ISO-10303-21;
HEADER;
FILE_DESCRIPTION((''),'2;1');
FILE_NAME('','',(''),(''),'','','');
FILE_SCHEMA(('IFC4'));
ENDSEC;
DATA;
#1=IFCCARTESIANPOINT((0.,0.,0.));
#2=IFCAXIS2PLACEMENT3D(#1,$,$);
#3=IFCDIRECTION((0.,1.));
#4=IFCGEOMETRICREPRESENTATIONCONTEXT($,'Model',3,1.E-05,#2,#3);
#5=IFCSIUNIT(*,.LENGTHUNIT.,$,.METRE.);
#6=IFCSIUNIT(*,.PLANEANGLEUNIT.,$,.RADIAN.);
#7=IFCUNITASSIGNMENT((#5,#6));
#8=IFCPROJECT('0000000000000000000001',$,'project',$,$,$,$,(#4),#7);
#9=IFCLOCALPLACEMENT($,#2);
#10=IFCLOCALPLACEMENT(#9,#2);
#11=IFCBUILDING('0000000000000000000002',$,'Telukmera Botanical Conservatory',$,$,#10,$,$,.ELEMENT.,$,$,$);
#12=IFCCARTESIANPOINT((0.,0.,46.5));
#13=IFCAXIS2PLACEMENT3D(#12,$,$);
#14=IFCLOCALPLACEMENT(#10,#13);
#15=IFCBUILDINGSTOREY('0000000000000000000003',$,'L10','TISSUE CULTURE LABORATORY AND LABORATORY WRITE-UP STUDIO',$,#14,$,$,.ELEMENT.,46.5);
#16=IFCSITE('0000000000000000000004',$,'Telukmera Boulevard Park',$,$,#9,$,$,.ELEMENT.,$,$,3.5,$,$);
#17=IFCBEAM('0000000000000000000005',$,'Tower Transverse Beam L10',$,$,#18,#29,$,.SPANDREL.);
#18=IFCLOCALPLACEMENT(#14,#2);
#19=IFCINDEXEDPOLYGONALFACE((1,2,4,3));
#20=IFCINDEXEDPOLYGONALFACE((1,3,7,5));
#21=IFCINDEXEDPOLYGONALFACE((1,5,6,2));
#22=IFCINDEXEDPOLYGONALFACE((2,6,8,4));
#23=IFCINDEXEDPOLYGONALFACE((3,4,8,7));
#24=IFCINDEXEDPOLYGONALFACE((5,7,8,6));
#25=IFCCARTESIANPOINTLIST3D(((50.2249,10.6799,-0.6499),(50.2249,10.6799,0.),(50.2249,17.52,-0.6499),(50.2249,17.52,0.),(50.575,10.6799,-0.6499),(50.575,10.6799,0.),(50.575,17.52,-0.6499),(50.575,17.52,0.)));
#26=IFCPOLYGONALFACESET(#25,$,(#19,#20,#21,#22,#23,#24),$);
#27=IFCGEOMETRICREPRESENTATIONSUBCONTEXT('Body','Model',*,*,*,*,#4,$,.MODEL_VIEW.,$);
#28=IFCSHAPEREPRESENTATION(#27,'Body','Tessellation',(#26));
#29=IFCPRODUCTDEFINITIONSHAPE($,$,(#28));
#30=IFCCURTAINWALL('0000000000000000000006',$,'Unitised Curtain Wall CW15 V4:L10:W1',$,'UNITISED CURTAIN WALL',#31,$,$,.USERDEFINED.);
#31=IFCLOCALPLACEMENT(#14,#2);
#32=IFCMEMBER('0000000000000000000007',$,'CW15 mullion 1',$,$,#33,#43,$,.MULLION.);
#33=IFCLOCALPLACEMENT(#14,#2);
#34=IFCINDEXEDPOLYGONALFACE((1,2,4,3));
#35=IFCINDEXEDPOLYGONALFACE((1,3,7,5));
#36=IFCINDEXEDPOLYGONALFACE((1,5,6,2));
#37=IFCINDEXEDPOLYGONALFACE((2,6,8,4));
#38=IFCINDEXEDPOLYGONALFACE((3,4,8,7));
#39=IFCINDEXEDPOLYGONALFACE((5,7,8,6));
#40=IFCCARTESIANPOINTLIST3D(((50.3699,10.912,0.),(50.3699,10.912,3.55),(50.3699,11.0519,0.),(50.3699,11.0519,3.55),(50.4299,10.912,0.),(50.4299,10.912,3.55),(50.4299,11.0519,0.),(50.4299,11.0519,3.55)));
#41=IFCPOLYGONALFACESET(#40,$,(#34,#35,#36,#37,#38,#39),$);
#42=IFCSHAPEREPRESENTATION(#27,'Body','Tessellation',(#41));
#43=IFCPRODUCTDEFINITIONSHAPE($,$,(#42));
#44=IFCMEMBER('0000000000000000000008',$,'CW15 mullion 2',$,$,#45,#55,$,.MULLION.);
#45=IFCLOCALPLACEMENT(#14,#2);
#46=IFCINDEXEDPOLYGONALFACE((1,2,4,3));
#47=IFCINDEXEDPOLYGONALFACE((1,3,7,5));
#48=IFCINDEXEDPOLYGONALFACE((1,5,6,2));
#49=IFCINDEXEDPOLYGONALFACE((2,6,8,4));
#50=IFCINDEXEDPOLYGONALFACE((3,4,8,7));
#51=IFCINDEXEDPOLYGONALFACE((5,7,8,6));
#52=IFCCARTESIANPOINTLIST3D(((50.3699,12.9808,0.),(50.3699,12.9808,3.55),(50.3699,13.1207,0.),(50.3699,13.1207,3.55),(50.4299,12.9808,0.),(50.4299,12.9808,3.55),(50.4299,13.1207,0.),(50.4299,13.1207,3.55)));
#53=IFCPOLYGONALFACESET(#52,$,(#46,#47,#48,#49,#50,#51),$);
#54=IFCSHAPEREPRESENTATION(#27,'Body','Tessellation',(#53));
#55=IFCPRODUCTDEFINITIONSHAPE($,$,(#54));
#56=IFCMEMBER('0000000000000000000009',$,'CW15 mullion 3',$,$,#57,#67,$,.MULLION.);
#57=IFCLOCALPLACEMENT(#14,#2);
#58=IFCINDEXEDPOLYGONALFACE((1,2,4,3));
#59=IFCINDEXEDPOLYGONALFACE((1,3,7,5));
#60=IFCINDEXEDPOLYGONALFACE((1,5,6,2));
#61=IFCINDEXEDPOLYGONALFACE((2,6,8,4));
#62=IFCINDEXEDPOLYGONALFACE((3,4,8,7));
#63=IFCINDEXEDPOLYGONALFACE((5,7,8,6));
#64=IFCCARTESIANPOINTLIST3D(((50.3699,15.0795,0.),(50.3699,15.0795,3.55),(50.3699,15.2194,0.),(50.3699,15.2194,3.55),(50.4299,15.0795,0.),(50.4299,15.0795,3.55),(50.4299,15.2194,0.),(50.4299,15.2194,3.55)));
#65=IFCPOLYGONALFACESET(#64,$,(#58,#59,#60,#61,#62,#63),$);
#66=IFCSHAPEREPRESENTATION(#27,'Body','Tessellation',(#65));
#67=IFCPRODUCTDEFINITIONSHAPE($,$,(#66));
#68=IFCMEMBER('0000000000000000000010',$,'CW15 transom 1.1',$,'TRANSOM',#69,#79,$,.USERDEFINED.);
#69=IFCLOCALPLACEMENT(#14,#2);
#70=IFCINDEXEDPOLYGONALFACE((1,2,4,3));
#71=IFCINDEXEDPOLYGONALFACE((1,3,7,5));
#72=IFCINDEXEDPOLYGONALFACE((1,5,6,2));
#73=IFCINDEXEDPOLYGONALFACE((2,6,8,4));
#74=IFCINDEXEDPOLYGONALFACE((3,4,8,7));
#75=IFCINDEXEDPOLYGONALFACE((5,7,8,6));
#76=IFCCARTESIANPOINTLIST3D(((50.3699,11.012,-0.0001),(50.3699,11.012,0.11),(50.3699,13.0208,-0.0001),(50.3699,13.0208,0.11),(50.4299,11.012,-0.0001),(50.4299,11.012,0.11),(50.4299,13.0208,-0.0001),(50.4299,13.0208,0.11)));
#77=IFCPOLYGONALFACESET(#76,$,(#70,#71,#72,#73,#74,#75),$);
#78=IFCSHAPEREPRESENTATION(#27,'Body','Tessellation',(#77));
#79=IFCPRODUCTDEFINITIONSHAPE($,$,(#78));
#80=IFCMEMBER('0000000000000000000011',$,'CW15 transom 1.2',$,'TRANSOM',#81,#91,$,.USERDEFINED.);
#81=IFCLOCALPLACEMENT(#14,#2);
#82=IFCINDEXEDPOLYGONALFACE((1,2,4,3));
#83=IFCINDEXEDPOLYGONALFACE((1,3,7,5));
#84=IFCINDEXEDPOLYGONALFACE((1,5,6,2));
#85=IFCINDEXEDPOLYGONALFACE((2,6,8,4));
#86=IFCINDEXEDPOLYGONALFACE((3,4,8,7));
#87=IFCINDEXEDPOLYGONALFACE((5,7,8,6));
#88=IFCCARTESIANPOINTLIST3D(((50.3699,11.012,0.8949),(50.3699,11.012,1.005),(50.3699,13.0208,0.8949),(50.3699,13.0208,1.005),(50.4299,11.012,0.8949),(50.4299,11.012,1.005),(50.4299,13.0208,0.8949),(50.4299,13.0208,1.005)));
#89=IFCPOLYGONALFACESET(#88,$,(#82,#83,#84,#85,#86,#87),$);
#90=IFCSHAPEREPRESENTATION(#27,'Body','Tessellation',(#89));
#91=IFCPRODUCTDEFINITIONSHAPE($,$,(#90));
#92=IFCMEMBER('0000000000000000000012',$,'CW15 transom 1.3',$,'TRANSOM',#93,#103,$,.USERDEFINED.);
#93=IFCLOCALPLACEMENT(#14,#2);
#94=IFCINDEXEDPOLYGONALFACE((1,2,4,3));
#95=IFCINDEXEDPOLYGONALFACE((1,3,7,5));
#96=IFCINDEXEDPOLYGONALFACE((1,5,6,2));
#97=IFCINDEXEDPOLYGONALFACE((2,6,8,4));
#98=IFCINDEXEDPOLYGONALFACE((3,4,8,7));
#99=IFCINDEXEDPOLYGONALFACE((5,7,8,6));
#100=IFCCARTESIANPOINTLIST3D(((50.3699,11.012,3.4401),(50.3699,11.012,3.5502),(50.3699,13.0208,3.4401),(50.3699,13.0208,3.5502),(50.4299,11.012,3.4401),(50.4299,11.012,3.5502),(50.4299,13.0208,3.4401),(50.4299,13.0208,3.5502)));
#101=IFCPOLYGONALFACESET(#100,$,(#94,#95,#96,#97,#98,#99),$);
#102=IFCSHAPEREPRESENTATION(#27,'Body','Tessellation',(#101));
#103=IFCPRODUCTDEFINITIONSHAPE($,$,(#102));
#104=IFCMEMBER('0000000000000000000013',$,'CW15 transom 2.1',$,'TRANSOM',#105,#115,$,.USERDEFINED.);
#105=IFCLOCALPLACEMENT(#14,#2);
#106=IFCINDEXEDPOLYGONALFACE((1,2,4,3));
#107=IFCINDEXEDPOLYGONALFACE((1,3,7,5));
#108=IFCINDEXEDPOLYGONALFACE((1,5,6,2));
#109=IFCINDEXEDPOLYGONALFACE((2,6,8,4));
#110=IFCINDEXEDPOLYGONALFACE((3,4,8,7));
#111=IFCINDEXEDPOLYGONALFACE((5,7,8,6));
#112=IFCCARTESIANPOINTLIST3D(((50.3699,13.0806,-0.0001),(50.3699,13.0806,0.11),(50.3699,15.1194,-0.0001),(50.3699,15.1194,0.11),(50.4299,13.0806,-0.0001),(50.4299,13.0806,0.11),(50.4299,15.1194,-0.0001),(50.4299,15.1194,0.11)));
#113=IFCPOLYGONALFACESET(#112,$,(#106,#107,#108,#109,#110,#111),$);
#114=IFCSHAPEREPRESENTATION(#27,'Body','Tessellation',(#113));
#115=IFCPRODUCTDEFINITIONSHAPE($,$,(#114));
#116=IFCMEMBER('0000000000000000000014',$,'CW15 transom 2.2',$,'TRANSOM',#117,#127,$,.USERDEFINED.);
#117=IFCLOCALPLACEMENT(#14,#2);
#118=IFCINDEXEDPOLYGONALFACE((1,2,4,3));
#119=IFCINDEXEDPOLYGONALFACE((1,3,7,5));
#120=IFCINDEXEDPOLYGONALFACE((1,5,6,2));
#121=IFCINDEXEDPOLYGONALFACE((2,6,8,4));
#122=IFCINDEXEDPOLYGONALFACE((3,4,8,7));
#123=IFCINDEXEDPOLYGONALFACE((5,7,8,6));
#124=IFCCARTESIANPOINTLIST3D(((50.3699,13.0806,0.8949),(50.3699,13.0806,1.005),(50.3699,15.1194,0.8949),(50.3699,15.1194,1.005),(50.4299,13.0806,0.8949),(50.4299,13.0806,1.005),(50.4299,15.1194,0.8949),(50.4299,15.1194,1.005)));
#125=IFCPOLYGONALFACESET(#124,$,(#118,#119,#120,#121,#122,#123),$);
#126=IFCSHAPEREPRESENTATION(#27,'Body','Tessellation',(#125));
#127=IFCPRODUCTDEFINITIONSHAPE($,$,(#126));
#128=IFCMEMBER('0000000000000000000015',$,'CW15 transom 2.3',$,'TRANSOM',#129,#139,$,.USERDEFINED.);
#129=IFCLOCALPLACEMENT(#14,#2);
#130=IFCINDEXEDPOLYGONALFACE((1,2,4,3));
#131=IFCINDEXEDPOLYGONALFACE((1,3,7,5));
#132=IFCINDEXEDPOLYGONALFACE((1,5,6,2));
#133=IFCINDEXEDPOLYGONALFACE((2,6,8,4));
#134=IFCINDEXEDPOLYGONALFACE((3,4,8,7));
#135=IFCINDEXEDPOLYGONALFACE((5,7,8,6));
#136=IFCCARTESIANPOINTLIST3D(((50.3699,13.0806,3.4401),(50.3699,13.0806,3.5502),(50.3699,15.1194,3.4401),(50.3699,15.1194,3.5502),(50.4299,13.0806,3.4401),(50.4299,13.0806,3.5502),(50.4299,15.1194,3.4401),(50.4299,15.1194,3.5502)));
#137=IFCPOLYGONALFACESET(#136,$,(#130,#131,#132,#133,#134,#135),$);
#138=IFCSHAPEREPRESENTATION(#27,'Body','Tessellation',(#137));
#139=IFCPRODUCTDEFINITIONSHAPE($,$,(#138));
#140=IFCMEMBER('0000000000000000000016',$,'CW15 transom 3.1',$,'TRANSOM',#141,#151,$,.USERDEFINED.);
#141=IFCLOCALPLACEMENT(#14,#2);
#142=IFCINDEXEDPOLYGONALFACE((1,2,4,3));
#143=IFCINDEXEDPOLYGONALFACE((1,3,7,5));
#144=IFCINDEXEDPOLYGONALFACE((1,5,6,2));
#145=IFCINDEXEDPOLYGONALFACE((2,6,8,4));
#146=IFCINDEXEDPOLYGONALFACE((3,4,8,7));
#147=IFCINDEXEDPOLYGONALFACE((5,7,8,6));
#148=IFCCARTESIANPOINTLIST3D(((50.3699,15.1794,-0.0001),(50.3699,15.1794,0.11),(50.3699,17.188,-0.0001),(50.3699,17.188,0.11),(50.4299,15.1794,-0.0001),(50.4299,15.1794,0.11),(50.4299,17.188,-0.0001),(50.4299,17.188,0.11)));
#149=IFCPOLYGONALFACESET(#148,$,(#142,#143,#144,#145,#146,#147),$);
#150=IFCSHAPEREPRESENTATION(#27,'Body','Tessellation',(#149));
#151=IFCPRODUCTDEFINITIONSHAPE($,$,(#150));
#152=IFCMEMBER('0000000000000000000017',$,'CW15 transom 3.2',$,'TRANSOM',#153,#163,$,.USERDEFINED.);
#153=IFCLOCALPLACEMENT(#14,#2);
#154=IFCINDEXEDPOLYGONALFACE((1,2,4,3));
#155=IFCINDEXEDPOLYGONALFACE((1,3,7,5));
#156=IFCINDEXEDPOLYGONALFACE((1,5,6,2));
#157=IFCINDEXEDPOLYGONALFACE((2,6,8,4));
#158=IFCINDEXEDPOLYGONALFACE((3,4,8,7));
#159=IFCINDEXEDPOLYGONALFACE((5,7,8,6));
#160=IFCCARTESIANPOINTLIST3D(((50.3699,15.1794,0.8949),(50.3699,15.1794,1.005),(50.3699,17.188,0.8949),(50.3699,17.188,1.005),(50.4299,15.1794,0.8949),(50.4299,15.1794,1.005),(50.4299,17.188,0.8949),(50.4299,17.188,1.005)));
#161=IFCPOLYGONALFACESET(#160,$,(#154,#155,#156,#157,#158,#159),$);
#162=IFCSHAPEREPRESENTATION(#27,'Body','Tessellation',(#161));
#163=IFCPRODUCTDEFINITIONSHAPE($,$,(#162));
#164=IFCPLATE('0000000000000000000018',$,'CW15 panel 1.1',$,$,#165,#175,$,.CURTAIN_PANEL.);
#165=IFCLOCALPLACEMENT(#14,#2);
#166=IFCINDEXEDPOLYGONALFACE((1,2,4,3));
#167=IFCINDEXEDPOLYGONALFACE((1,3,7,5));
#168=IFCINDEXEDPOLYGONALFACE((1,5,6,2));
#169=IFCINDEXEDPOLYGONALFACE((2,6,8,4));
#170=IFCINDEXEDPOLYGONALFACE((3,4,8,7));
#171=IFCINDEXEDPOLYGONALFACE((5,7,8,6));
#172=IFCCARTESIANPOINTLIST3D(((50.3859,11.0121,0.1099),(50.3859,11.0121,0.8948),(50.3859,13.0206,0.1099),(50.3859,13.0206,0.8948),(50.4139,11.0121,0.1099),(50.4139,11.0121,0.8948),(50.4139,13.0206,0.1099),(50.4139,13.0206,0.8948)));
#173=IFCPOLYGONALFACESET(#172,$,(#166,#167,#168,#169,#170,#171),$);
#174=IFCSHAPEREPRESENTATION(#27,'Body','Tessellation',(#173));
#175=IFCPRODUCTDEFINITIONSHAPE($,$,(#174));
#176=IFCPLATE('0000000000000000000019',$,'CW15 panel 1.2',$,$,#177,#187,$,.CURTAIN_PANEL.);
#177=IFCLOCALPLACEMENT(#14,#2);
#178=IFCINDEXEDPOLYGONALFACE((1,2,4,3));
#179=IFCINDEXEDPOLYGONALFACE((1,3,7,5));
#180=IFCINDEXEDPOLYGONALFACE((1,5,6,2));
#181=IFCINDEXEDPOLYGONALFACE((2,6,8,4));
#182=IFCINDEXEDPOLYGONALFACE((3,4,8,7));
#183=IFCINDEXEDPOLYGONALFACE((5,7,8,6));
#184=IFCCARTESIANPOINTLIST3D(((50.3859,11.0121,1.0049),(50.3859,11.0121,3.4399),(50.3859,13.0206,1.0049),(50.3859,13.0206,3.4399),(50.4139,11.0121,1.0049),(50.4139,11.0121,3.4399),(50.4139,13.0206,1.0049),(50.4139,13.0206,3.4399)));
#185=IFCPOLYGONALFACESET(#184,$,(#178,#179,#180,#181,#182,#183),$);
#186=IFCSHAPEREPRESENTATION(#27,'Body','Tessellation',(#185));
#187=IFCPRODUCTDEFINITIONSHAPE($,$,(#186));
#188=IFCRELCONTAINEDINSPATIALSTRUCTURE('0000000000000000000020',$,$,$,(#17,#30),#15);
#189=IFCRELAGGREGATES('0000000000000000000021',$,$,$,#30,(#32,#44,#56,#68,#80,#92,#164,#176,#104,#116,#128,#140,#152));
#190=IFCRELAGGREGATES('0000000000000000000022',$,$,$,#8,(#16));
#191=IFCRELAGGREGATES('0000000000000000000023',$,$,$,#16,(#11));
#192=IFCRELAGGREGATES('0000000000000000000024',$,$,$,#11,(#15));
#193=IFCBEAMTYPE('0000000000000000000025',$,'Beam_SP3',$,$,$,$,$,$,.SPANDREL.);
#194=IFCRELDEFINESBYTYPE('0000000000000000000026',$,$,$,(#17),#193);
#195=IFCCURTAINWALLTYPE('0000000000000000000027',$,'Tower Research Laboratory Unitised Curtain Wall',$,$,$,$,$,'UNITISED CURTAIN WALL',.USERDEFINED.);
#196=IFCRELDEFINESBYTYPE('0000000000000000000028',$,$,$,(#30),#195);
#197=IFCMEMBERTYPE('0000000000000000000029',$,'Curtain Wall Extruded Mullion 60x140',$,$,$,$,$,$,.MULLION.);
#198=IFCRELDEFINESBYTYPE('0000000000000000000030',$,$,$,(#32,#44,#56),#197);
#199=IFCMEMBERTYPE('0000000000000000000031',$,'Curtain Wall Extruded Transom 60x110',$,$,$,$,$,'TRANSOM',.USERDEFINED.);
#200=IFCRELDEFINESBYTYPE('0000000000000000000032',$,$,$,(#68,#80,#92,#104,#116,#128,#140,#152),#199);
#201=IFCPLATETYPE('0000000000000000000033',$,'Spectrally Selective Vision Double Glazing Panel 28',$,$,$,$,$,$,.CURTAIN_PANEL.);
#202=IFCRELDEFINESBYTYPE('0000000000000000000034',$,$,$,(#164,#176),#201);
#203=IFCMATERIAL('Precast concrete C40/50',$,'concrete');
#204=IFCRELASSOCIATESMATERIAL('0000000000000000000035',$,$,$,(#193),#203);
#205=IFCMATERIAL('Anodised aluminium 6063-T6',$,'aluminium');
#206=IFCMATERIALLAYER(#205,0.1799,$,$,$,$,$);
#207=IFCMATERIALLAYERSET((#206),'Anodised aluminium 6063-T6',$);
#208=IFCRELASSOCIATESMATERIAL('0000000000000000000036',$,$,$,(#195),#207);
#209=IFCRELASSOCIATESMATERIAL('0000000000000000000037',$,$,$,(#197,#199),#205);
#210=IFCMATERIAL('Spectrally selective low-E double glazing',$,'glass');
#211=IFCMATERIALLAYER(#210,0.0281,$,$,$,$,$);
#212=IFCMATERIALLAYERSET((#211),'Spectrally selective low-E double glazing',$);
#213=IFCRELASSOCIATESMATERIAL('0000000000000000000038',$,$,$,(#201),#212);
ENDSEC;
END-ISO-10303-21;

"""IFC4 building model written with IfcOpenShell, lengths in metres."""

from ifc_helpers import new_model, si_unit, direction, frame, origin, origin_2d, place, context, subcontext, project, spatial, rectangle, extrude, material, layer, layer_set, material_profile, profile_set, type_object, element, aggregate, save


model = new_model("IFC4")

# Units and contexts
model_context = context("Model", 3, precision=1e-05, world=origin(), true_north=direction((0.0, 1.0)))
body_context = subcontext(model_context, "Body", "Model", "MODEL_VIEW")
ifc_project = project(units=[si_unit("LENGTHUNIT", "METRE"), si_unit("PLANEANGLEUNIT", "RADIAN")], contexts=[model_context])

# Site, building, storey
site_placement = place(None, origin())
site = spatial("IfcSite", under=ifc_project, at=site_placement, Name="Telukmera Boulevard Park", CompositionType="ELEMENT", RefElevation=3.5)
building_placement = place(site_placement, origin())
building = spatial("IfcBuilding", under=site, at=building_placement, Name="Telukmera Botanical Conservatory", CompositionType="ELEMENT")
storey_placement = place(building_placement, frame((0.0, 0.0, 46.5)))
storey = spatial("IfcBuildingStorey", under=building, at=storey_placement, Name="L10", Description="TISSUE CULTURE LABORATORY AND LABORATORY WRITE-UP STUDIO", CompositionType="ELEMENT", Elevation=46.5)

# Beam
ifc_material_1 = material(Name="Precast concrete C40/50", Category="concrete")
ifc_material_profile_1 = material_profile(ifc_material_1, rectangle(XDim=0.3501, YDim=0.6499, at=origin_2d()), Name="PC 350x650")
ifc_profile_set_1 = profile_set([ifc_material_profile_1], Name="Precast concrete C40/50")
beam_type = type_object("IfcBeamType", Name="Beam_SP3", PredefinedType="SPANDREL", material=ifc_profile_set_1)
beam_placement = place(storey_placement, frame((50.3999, 10.6799, -0.325), z_axis=(0.0, 1.0, 0.0), x_axis=(-1.0, 0.0, 0.0)))
element("IfcBeam", 1, at=beam_placement, inside=storey, type_object=beam_type, Name="Tower Transverse Beam L10", PredefinedType="SPANDREL", context=body_context, shape_type="SweptSolid", body=[
    extrude(rectangle(XDim=0.3501, YDim=0.6499, at=origin_2d()), origin(), (0.0, 0.0, 1.0), 6.8401),
])

# Curtain wall, members, plates
ifc_material_2 = material(Name="Anodised aluminium 6063-T6", Category="aluminium")
ifc_layer_1 = layer(ifc_material_2, 0.1799)
ifc_layer_set_1 = layer_set([ifc_layer_1], Name="Anodised aluminium 6063-T6")
curtain_wall_type = type_object("IfcCurtainWallType", Name="Tower Research Laboratory Unitised Curtain Wall", ElementType="UNITISED CURTAIN WALL", PredefinedType="USERDEFINED", material=ifc_layer_set_1)
curtain_wall_placement = place(storey_placement, origin())
curtain_wall = element("IfcCurtainWall", 2, at=curtain_wall_placement, inside=storey, type_object=curtain_wall_type, Name="Unitised Curtain Wall CW15 V4:L10:W1", ObjectType="UNITISED CURTAIN WALL", PredefinedType="USERDEFINED")
ifc_material_profile_2 = material_profile(ifc_material_2, rectangle(XDim=0.0601, YDim=0.1399, at=origin_2d()), Name="ALU MULL 60x140")
ifc_profile_set_2 = profile_set([ifc_material_profile_2], Name="Anodised aluminium 6063-T6")
member_type_1 = type_object("IfcMemberType", Name="Curtain Wall Extruded Mullion 60x140", PredefinedType="MULLION", material=ifc_profile_set_2)
member_1_placement = place(storey_placement, frame((50.3999, 10.9819, 0.0), z_axis=(0.0, 0.0, 1.0), x_axis=(-1.0, 0.0, 0.0)))
member_1 = element("IfcMember", 3, at=member_1_placement, type_object=member_type_1, Name="CW15 mullion 1", PredefinedType="MULLION", context=body_context, shape_type="SweptSolid", body=[
    extrude(rectangle(XDim=0.0601, YDim=0.1399, at=origin_2d()), origin(), (0.0, 0.0, 1.0), 3.55),
])
member_2_placement = place(storey_placement, frame((50.3999, 13.0508, 0.0), z_axis=(0.0, 0.0, 1.0), x_axis=(-1.0, 0.0, 0.0)))
member_2 = element("IfcMember", 4, at=member_2_placement, type_object=member_type_1, Name="CW15 mullion 2", PredefinedType="MULLION", context=body_context, shape_type="SweptSolid", body=[
    extrude(rectangle(XDim=0.0601, YDim=0.1399, at=origin_2d()), origin(), (0.0, 0.0, 1.0), 3.55),
])
member_3_placement = place(storey_placement, frame((50.3999, 15.1494, 0.0), z_axis=(0.0, 0.0, 1.0), x_axis=(-1.0, 0.0, 0.0)))
member_3 = element("IfcMember", 5, at=member_3_placement, type_object=member_type_1, Name="CW15 mullion 3", PredefinedType="MULLION", context=body_context, shape_type="SweptSolid", body=[
    extrude(rectangle(XDim=0.0601, YDim=0.1399, at=origin_2d()), origin(), (0.0, 0.0, 1.0), 3.55),
])
ifc_material_profile_3 = material_profile(ifc_material_2, rectangle(XDim=0.0601, YDim=0.1101, at=origin_2d()), Name="ALU TRAN 60x110")
ifc_profile_set_3 = profile_set([ifc_material_profile_3], Name="Anodised aluminium 6063-T6")
member_type_2 = type_object("IfcMemberType", Name="Curtain Wall Extruded Transom 60x110", ElementType="TRANSOM", PredefinedType="USERDEFINED", material=ifc_profile_set_3)
member_4_placement = place(storey_placement, frame((50.3999, 11.012, 0.0549), z_axis=(0.0, 1.0, 0.0), x_axis=(-1.0, 0.0, 0.0)))
member_4 = element("IfcMember", 6, at=member_4_placement, type_object=member_type_2, Name="CW15 transom 1.1", ObjectType="TRANSOM", PredefinedType="USERDEFINED", context=body_context, shape_type="SweptSolid", body=[
    extrude(rectangle(XDim=0.0601, YDim=0.1101, at=origin_2d()), origin(), (0.0, 0.0, 1.0), 2.0088),
])
member_5_placement = place(storey_placement, frame((50.3999, 11.012, 0.95), z_axis=(0.0, 1.0, 0.0), x_axis=(-1.0, 0.0, 0.0)))
member_5 = element("IfcMember", 7, at=member_5_placement, type_object=member_type_2, Name="CW15 transom 1.2", ObjectType="TRANSOM", PredefinedType="USERDEFINED", context=body_context, shape_type="SweptSolid", body=[
    extrude(rectangle(XDim=0.0601, YDim=0.1101, at=origin_2d()), origin(), (0.0, 0.0, 1.0), 2.0088),
])
member_6_placement = place(storey_placement, frame((50.3999, 11.012, 3.4951), z_axis=(0.0, 1.0, 0.0), x_axis=(-1.0, 0.0, 0.0)))
member_6 = element("IfcMember", 8, at=member_6_placement, type_object=member_type_2, Name="CW15 transom 1.3", ObjectType="TRANSOM", PredefinedType="USERDEFINED", context=body_context, shape_type="SweptSolid", body=[
    extrude(rectangle(XDim=0.0601, YDim=0.1101, at=origin_2d()), origin(), (0.0, 0.0, 1.0), 2.0088),
])
member_7_placement = place(storey_placement, frame((50.3999, 13.0806, 0.0549), z_axis=(0.0, 1.0, 0.0), x_axis=(-1.0, 0.0, 0.0)))
member_7 = element("IfcMember", 9, at=member_7_placement, type_object=member_type_2, Name="CW15 transom 2.1", ObjectType="TRANSOM", PredefinedType="USERDEFINED", context=body_context, shape_type="SweptSolid", body=[
    extrude(rectangle(XDim=0.0601, YDim=0.1101, at=origin_2d()), origin(), (0.0, 0.0, 1.0), 2.0388),
])
member_8_placement = place(storey_placement, frame((50.3999, 13.0806, 0.95), z_axis=(0.0, 1.0, 0.0), x_axis=(-1.0, 0.0, 0.0)))
member_8 = element("IfcMember", 10, at=member_8_placement, type_object=member_type_2, Name="CW15 transom 2.2", ObjectType="TRANSOM", PredefinedType="USERDEFINED", context=body_context, shape_type="SweptSolid", body=[
    extrude(rectangle(XDim=0.0601, YDim=0.1101, at=origin_2d()), origin(), (0.0, 0.0, 1.0), 2.0388),
])
member_9_placement = place(storey_placement, frame((50.3999, 13.0806, 3.4951), z_axis=(0.0, 1.0, 0.0), x_axis=(-1.0, 0.0, 0.0)))
member_9 = element("IfcMember", 11, at=member_9_placement, type_object=member_type_2, Name="CW15 transom 2.3", ObjectType="TRANSOM", PredefinedType="USERDEFINED", context=body_context, shape_type="SweptSolid", body=[
    extrude(rectangle(XDim=0.0601, YDim=0.1101, at=origin_2d()), origin(), (0.0, 0.0, 1.0), 2.0388),
])
member_10_placement = place(storey_placement, frame((50.3999, 15.1794, 0.0549), z_axis=(0.0, 1.0, 0.0), x_axis=(-1.0, 0.0, 0.0)))
member_10 = element("IfcMember", 12, at=member_10_placement, type_object=member_type_2, Name="CW15 transom 3.1", ObjectType="TRANSOM", PredefinedType="USERDEFINED", context=body_context, shape_type="SweptSolid", body=[
    extrude(rectangle(XDim=0.0601, YDim=0.1101, at=origin_2d()), origin(), (0.0, 0.0, 1.0), 2.0085),
])
member_11_placement = place(storey_placement, frame((50.3999, 15.1794, 0.95), z_axis=(0.0, 1.0, 0.0), x_axis=(-1.0, 0.0, 0.0)))
member_11 = element("IfcMember", 13, at=member_11_placement, type_object=member_type_2, Name="CW15 transom 3.2", ObjectType="TRANSOM", PredefinedType="USERDEFINED", context=body_context, shape_type="SweptSolid", body=[
    extrude(rectangle(XDim=0.0601, YDim=0.1101, at=origin_2d()), origin(), (0.0, 0.0, 1.0), 2.0085),
])
ifc_material_3 = material(Name="Spectrally selective low-E double glazing", Category="glass")
ifc_layer_2 = layer(ifc_material_3, 0.0281)
ifc_layer_set_2 = layer_set([ifc_layer_2], Name="Spectrally selective low-E double glazing")
plate_type = type_object("IfcPlateType", Name="Spectrally Selective Vision Double Glazing Panel 28", PredefinedType="CURTAIN_PANEL", material=ifc_layer_set_2)
plate_1_placement = place(storey_placement, frame((50.3999, 12.0164, 0.1099), z_axis=(0.0, 0.0, 1.0), x_axis=(0.0, 1.0, 0.0)))
plate_1 = element("IfcPlate", 14, at=plate_1_placement, type_object=plate_type, Name="CW15 panel 1.1", PredefinedType="CURTAIN_PANEL", context=body_context, shape_type="SweptSolid", body=[
    extrude(rectangle(XDim=2.0085, YDim=0.0281, at=origin_2d()), origin(), (0.0, 0.0, 1.0), 0.7849),
])
plate_2_placement = place(storey_placement, frame((50.3999, 12.0164, 1.0049), z_axis=(0.0, 0.0, 1.0), x_axis=(0.0, 1.0, 0.0)))
plate_2 = element("IfcPlate", 15, at=plate_2_placement, type_object=plate_type, Name="CW15 panel 1.2", PredefinedType="CURTAIN_PANEL", context=body_context, shape_type="SweptSolid", body=[
    extrude(rectangle(XDim=2.0085, YDim=0.0281, at=origin_2d()), origin(), (0.0, 0.0, 1.0), 2.4351),
])
aggregate(curtain_wall, [member_1, member_2, member_3, member_4, member_5, member_6, plate_1, plate_2, member_7, member_8, member_9, member_10, member_11])

save(model, "model.ifc")
